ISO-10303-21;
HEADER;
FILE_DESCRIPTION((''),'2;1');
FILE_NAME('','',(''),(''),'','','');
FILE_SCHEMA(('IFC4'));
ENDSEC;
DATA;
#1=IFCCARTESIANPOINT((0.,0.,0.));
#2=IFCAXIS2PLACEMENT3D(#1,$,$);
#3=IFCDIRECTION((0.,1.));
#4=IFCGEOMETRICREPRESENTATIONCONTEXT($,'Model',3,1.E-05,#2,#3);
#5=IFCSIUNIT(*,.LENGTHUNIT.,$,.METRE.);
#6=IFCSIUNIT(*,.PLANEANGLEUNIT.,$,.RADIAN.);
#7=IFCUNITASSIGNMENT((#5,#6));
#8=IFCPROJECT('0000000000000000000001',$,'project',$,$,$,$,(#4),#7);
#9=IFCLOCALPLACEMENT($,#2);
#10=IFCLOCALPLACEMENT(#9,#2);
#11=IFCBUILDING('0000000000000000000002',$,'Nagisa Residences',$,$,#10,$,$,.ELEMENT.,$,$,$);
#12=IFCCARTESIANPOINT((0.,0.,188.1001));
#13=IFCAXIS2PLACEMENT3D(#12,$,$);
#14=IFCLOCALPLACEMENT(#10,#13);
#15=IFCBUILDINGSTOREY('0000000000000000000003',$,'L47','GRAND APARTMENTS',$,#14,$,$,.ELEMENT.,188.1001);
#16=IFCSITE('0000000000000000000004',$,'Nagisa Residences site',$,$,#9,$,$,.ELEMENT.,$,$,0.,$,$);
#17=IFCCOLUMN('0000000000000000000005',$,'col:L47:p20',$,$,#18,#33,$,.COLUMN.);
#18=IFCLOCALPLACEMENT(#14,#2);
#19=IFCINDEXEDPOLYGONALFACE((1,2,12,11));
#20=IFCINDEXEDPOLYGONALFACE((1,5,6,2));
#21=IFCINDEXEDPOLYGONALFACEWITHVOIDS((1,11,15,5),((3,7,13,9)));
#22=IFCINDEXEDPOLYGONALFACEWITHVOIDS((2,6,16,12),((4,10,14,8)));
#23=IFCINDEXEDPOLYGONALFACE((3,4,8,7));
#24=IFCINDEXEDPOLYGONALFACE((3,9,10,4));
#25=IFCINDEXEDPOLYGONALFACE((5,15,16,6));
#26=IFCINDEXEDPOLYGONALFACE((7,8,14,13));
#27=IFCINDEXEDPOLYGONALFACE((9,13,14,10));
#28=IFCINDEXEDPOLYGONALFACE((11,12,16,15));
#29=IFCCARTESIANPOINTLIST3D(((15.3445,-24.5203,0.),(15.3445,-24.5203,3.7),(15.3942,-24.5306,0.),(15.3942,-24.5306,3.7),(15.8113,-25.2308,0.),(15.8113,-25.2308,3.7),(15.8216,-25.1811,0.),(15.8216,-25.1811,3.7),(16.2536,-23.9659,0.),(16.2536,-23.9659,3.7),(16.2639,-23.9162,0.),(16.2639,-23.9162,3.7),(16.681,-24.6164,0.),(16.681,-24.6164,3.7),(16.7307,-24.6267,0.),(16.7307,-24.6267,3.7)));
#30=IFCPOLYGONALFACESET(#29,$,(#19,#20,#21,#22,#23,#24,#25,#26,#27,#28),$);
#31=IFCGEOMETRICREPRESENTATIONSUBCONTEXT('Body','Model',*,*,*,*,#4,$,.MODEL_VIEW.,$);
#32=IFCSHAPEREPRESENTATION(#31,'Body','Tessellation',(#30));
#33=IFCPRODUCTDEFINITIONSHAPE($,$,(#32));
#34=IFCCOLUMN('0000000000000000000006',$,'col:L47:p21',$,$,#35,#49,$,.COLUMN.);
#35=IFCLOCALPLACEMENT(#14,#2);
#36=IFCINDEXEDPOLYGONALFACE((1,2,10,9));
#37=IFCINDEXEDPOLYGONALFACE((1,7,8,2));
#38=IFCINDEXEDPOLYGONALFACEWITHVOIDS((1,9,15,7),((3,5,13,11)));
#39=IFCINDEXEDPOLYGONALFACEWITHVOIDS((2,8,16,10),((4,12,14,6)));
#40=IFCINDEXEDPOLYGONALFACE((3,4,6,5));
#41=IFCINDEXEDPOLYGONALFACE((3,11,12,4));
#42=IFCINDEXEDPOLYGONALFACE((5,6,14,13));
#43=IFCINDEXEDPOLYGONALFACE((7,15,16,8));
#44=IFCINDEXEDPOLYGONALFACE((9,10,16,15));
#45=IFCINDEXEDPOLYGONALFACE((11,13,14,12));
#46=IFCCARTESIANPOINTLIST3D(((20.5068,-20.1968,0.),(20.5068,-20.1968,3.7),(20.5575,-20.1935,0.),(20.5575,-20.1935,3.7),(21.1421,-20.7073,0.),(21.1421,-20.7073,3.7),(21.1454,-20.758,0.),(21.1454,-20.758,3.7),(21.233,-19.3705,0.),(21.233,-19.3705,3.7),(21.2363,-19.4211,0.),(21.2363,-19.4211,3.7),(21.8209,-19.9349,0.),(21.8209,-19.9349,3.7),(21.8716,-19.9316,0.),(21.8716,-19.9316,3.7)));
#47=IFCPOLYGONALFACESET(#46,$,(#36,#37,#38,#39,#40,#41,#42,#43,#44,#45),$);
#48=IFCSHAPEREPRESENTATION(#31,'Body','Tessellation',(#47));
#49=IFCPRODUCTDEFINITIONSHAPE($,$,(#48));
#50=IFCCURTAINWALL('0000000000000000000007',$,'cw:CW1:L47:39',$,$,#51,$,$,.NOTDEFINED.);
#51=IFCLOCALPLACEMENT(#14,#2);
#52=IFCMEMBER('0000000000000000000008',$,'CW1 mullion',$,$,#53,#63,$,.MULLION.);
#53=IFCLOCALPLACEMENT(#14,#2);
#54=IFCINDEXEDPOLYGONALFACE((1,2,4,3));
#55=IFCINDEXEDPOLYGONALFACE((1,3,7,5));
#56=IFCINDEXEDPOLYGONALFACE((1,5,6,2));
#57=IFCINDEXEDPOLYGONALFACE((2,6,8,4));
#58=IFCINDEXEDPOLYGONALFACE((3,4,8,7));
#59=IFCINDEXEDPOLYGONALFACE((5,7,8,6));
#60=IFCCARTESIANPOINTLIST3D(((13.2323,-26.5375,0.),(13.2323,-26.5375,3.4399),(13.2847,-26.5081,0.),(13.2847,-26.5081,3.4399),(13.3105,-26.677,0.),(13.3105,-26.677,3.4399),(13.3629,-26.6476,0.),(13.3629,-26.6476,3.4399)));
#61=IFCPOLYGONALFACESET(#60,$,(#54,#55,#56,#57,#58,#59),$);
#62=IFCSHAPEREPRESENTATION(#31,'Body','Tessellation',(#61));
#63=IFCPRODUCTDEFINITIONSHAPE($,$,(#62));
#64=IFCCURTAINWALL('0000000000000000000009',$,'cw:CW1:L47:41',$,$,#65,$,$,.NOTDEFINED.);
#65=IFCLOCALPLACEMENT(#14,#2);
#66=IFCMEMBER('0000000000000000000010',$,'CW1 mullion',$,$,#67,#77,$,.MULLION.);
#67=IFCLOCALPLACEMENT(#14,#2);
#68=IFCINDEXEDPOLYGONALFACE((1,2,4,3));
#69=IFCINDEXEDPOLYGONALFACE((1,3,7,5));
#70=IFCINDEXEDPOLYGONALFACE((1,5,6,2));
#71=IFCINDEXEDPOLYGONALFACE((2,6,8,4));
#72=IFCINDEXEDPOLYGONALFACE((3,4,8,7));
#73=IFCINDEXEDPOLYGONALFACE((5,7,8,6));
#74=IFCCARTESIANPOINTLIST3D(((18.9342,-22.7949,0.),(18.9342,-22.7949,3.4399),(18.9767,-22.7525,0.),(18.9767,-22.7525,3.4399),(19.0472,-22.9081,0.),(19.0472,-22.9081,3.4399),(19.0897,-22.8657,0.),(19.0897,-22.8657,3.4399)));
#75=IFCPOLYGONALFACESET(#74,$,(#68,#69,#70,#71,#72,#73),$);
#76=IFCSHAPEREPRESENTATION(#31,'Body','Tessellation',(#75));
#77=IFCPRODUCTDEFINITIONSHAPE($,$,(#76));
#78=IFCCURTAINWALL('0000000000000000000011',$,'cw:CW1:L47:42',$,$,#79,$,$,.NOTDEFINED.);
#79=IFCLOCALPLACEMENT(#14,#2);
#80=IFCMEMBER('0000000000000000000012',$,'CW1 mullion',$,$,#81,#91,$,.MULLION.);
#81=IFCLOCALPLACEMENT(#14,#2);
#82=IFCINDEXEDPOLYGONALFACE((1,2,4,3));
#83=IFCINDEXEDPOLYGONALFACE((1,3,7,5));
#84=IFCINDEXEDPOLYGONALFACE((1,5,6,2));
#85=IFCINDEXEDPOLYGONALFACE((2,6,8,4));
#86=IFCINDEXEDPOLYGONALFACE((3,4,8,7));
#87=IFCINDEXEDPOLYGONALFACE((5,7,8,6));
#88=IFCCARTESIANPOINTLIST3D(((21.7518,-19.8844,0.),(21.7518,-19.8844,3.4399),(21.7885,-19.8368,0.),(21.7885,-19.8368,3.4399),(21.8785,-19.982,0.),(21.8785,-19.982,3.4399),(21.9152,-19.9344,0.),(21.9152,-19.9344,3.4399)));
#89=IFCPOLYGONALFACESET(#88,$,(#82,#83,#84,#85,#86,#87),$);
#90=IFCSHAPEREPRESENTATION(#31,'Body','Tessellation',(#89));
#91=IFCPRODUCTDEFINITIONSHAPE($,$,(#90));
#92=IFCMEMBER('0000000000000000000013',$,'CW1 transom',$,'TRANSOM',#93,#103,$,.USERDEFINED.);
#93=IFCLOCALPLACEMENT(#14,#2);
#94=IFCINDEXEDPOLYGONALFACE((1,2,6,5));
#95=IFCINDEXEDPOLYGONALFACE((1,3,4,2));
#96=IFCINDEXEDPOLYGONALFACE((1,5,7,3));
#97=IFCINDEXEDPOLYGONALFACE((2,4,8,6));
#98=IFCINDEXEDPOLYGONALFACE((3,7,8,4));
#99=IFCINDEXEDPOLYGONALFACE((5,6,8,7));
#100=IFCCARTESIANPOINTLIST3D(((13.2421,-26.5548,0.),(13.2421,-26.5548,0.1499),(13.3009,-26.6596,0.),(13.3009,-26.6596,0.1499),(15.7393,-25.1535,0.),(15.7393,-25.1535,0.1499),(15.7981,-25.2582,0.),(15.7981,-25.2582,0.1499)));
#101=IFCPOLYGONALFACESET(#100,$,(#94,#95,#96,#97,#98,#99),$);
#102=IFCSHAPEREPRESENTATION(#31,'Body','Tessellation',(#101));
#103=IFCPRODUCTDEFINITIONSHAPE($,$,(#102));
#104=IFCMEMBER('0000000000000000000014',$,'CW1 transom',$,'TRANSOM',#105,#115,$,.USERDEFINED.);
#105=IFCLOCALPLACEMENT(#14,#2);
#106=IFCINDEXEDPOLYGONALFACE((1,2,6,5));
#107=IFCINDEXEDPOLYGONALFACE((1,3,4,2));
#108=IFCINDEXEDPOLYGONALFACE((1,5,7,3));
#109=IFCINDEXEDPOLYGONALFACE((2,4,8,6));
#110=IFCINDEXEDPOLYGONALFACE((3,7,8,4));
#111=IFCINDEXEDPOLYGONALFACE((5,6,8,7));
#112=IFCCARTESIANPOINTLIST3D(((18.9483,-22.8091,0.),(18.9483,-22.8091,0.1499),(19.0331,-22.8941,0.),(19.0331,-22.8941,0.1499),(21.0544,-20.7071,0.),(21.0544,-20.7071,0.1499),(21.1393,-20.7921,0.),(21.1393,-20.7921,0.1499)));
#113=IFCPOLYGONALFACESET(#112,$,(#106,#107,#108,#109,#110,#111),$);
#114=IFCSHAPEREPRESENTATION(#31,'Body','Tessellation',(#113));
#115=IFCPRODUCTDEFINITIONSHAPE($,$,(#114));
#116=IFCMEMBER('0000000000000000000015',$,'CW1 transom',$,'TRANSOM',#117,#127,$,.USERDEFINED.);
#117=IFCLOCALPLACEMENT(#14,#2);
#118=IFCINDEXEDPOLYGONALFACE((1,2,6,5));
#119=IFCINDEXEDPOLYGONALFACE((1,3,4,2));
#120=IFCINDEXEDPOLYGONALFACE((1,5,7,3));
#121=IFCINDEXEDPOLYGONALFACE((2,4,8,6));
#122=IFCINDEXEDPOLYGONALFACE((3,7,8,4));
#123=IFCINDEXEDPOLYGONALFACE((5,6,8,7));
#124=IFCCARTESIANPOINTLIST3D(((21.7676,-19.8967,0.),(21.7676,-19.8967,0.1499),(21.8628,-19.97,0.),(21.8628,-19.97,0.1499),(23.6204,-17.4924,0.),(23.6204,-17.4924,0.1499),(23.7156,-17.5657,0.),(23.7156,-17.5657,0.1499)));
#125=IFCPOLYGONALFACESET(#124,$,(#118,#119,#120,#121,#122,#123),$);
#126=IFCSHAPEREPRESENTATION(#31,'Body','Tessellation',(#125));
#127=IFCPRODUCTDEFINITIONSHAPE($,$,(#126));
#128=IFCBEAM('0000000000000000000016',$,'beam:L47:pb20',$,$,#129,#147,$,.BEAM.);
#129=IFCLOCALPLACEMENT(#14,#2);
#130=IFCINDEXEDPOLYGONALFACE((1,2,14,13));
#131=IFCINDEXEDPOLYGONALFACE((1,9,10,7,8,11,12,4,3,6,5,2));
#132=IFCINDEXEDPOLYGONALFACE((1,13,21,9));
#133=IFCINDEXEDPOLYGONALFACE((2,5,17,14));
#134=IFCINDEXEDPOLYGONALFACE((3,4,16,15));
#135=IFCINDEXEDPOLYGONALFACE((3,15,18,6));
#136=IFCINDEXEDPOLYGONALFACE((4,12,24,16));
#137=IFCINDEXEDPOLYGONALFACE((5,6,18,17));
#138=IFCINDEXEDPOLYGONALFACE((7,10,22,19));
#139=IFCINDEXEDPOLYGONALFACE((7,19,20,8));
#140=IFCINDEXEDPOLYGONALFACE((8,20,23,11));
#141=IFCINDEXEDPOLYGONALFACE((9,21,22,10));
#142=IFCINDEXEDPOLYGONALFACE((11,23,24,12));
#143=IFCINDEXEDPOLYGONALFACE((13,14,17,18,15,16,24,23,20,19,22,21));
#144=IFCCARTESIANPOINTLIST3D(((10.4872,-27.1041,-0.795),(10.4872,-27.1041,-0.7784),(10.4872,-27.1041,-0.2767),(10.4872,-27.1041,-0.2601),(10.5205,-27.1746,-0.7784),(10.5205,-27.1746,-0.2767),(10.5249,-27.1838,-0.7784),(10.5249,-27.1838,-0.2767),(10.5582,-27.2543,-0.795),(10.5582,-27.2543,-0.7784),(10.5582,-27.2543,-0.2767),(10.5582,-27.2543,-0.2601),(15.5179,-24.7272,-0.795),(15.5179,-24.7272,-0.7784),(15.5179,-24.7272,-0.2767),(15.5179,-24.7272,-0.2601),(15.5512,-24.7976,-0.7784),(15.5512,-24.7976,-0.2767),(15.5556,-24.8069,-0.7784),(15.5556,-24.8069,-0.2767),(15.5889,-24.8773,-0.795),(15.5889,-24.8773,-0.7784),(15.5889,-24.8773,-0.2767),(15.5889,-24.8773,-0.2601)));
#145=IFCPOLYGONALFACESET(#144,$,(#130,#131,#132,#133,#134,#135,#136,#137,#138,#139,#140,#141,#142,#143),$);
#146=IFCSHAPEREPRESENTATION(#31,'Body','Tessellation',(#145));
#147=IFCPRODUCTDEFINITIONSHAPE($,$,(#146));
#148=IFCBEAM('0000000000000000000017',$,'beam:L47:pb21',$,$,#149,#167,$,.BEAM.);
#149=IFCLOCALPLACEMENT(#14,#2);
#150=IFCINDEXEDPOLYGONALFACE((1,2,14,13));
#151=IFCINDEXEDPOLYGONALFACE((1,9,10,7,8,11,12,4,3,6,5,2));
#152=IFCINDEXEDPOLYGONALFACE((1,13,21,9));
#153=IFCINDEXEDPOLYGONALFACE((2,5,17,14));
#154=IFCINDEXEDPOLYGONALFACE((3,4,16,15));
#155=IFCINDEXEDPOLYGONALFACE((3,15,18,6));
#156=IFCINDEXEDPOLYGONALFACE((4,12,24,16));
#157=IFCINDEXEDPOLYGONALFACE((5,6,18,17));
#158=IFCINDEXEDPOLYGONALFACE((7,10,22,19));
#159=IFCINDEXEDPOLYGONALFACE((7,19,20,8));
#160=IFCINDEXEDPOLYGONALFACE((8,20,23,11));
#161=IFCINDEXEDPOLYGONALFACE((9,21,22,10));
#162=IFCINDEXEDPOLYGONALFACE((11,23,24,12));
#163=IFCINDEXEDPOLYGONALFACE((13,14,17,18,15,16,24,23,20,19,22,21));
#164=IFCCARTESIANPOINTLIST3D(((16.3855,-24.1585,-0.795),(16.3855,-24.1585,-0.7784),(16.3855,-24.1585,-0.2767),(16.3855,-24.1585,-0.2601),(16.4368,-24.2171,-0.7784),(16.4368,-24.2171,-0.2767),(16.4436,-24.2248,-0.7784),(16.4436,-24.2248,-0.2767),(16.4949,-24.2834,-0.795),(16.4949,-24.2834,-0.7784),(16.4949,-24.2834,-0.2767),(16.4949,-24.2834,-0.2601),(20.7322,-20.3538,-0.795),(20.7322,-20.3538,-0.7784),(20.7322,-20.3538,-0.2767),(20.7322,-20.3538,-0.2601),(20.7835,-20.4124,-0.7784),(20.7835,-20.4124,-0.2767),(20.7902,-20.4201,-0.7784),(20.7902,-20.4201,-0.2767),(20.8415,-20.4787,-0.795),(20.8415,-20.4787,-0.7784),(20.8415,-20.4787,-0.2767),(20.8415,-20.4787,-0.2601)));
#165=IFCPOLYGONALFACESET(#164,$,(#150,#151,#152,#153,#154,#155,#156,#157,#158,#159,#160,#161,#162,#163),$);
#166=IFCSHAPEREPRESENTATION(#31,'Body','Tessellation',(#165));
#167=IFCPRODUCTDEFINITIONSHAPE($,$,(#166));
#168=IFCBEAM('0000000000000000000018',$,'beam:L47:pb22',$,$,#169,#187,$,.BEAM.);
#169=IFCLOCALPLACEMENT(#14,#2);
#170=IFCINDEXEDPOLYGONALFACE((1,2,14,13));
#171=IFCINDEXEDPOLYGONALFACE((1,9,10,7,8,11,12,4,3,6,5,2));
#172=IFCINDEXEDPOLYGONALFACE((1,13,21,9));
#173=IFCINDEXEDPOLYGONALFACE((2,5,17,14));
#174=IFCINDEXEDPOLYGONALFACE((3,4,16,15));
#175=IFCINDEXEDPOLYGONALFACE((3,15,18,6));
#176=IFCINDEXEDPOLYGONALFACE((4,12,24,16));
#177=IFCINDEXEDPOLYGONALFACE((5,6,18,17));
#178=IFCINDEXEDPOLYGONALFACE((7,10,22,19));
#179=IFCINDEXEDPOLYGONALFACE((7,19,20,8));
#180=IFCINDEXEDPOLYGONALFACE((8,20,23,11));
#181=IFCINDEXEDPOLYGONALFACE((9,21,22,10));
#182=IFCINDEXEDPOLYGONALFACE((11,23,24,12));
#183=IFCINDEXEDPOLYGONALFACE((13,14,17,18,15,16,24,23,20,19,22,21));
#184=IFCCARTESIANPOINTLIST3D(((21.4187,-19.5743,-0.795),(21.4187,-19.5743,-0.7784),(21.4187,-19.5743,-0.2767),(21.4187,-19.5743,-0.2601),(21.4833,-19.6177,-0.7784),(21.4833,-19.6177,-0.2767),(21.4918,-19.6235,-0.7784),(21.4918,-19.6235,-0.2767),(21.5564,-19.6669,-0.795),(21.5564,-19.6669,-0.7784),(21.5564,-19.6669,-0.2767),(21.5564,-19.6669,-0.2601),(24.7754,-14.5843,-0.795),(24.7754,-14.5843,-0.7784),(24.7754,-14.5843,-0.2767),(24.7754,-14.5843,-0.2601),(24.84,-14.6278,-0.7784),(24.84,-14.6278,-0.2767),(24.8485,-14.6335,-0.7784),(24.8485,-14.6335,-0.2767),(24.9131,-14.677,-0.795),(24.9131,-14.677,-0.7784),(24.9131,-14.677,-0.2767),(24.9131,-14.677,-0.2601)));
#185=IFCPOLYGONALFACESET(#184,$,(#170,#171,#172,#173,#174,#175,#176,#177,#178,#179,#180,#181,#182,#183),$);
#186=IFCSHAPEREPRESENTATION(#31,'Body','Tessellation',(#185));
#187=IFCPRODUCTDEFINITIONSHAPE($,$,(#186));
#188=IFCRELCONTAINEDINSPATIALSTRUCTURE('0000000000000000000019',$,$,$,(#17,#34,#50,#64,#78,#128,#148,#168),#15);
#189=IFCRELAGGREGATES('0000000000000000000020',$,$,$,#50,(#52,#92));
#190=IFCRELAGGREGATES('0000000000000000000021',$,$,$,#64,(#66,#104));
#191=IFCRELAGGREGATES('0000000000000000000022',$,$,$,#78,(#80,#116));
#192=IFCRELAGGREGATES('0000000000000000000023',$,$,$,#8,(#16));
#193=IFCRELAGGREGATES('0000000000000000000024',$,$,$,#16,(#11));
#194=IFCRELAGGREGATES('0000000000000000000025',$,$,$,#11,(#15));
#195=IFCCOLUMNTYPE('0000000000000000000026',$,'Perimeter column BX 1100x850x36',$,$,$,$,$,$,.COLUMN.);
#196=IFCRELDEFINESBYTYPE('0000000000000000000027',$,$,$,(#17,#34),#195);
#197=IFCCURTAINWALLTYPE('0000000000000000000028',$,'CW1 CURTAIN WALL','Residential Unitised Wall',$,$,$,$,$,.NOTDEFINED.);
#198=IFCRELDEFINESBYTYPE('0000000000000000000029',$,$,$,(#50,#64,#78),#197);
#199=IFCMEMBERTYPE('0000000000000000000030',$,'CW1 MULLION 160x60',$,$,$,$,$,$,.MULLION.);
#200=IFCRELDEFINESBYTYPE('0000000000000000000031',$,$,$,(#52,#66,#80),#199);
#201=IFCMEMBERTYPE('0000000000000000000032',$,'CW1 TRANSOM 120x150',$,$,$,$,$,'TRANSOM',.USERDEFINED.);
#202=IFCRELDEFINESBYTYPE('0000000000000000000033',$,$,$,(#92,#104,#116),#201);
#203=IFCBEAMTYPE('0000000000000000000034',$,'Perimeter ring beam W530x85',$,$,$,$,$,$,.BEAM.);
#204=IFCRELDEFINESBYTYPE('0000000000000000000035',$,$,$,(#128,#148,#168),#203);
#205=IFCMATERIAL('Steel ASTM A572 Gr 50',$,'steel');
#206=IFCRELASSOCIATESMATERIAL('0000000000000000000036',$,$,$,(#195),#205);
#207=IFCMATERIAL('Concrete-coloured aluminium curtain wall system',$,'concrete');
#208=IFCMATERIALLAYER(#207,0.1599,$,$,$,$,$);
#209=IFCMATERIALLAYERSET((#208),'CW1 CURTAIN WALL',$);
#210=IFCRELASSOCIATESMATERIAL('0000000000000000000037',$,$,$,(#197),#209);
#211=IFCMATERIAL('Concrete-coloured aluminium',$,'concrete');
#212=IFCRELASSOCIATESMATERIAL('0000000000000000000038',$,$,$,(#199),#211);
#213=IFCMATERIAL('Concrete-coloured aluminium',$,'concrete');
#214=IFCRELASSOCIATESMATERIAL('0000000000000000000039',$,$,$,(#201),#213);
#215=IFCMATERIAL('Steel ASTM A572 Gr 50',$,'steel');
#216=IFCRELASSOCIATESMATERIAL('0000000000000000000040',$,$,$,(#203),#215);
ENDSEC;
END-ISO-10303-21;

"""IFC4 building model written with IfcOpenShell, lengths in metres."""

from ifc_helpers import new_model, si_unit, direction, frame, origin, origin_2d, place, context, subcontext, project, spatial, rectangle, hollow_rectangle, i_section, extrude, material, layer, layer_set, material_profile, profile_set, type_object, element, aggregate, save


model = new_model("IFC4")

# Units and contexts
model_context = context("Model", 3, precision=1e-05, world=origin(), true_north=direction((0.0, 1.0)))
body_context = subcontext(model_context, "Body", "Model", "MODEL_VIEW")
ifc_project = project(units=[si_unit("LENGTHUNIT", "METRE"), si_unit("PLANEANGLEUNIT", "RADIAN")], contexts=[model_context])

# Site, building, storey
site_placement = place(None, origin())
site = spatial("IfcSite", under=ifc_project, at=site_placement, Name="Nagisa Residences site", CompositionType="ELEMENT", RefElevation=0.0)
building_placement = place(site_placement, origin())
building = spatial("IfcBuilding", under=site, at=building_placement, Name="Nagisa Residences", CompositionType="ELEMENT")
storey_placement = place(building_placement, frame((0.0, 0.0, 188.1001)))
storey = spatial("IfcBuildingStorey", under=building, at=storey_placement, Name="L47", Description="GRAND APARTMENTS", CompositionType="ELEMENT", Elevation=188.1001)

# Columns
ifc_material_1 = material(Name="Steel ASTM A572 Gr 50", Category="steel")
ifc_material_profile_1 = material_profile(ifc_material_1, hollow_rectangle(XDim=1.1001, YDim=0.8501, WallThickness=0.0359, at=origin_2d()), Name="BX 1100x850x36")
ifc_profile_set_1 = profile_set([ifc_material_profile_1], Name="Steel ASTM A572 Gr 50")
column_type = type_object("IfcColumnType", Name="Perimeter column BX 1100x850x36", PredefinedType="COLUMN", material=ifc_profile_set_1)
for number, where, z_axis, x_axis, name in (
    (1, (16.0376, -24.5735, 0.0), (0.0, 0.0, 1.0), (0.835766, 0.549086, 0.0), "col:L47:p20"),
    (2, (21.1892, -20.0642, 0.0), (0.0, 0.0, 1.0), (0.660115, 0.751165, 0.0), "col:L47:p21"),
):
    element("IfcColumn", number, at=place(storey_placement, frame(where, z_axis=z_axis, x_axis=x_axis)), inside=storey, type_object=column_type, Name=name, PredefinedType="COLUMN", context=body_context, shape_type="SweptSolid", body=[
        extrude(hollow_rectangle(XDim=1.1001, YDim=0.8501, WallThickness=0.0359, at=origin_2d()), origin(), (0.0, 0.0, 1.0), 3.7),
    ])

# Curtain walls, members
ifc_material_2 = material(Name="Concrete-coloured aluminium curtain wall system", Category="concrete")
ifc_layer_1 = layer(ifc_material_2, 0.1599)
ifc_layer_set_1 = layer_set([ifc_layer_1], Name="CW1 CURTAIN WALL")
curtain_wall_type = type_object("IfcCurtainWallType", Name="CW1 CURTAIN WALL", Description="Residential Unitised Wall", PredefinedType="NOTDEFINED", material=ifc_layer_set_1)
curtain_wall_1_placement = place(storey_placement, origin())
curtain_wall_1 = element("IfcCurtainWall", 3, at=curtain_wall_1_placement, inside=storey, type_object=curtain_wall_type, Name="cw:CW1:L47:39", PredefinedType="NOTDEFINED")
ifc_material_3 = material(Name="Concrete-coloured aluminium", Category="concrete")
ifc_material_profile_2 = material_profile(ifc_material_3, rectangle(XDim=0.1599, YDim=0.0601, at=origin_2d()), Name="CW1 MULLION 160x60")
ifc_profile_set_2 = profile_set([ifc_material_profile_2], Name="Concrete-coloured aluminium")
member_type_1 = type_object("IfcMemberType", Name="CW1 MULLION 160x60", PredefinedType="MULLION", material=ifc_profile_set_2)
member_1_placement = place(storey_placement, frame((13.2976, -26.5925, 0.0), z_axis=(0.0, 0.0, 1.0), x_axis=(-0.489377, 0.872072, 0.0)))
member_1 = element("IfcMember", 4, at=member_1_placement, type_object=member_type_1, Name="CW1 mullion", PredefinedType="MULLION", context=body_context, shape_type="SweptSolid", body=[
    extrude(rectangle(XDim=0.1599, YDim=0.0601, at=origin_2d()), origin(), (0.0, 0.0, 1.0), 3.4399),
])
curtain_wall_2_placement = place(storey_placement, origin())
curtain_wall_2 = element("IfcCurtainWall", 5, at=curtain_wall_2_placement, inside=storey, type_object=curtain_wall_type, Name="cw:CW1:L47:41", PredefinedType="NOTDEFINED")
member_2_placement = place(storey_placement, frame((19.012, -22.8303, 0.0), z_axis=(0.0, 0.0, 1.0), x_axis=(-0.706377, 0.707836, 0.0)))
member_2 = element("IfcMember", 6, at=member_2_placement, type_object=member_type_1, Name="CW1 mullion", PredefinedType="MULLION", context=body_context, shape_type="SweptSolid", body=[
    extrude(rectangle(XDim=0.1599, YDim=0.0601, at=origin_2d()), origin(), (0.0, 0.0, 1.0), 3.4399),
])
curtain_wall_3_placement = place(storey_placement, origin())
curtain_wall_3 = element("IfcCurtainWall", 7, at=curtain_wall_3_placement, inside=storey, type_object=curtain_wall_type, Name="cw:CW1:L47:42", PredefinedType="NOTDEFINED")
member_3_placement = place(storey_placement, frame((21.8335, -19.9094, 0.0), z_axis=(0.0, 0.0, 1.0), x_axis=(-0.79207, 0.61043, 0.0)))
member_3 = element("IfcMember", 8, at=member_3_placement, type_object=member_type_1, Name="CW1 mullion", PredefinedType="MULLION", context=body_context, shape_type="SweptSolid", body=[
    extrude(rectangle(XDim=0.1599, YDim=0.0601, at=origin_2d()), origin(), (0.0, 0.0, 1.0), 3.4399),
])

# Members
ifc_material_4 = material(Name="Concrete-coloured aluminium", Category="concrete")
ifc_material_profile_3 = material_profile(ifc_material_4, rectangle(XDim=0.1201, YDim=0.1499, at=origin_2d()), Name="CW1 TRANSOM 120x150")
ifc_profile_set_3 = profile_set([ifc_material_profile_3], Name="Concrete-coloured aluminium")
member_type_2 = type_object("IfcMemberType", Name="CW1 TRANSOM 120x150", ElementType="TRANSOM", PredefinedType="USERDEFINED", material=ifc_profile_set_3)
member_4_placement = place(storey_placement, frame((13.2715, -26.6072, 0.075), z_axis=(0.872078, 0.489366, 0.0), x_axis=(-0.489366, 0.872078, 0.0)))
member_4 = element("IfcMember", 9, at=member_4_placement, type_object=member_type_2, Name="CW1 transom", ObjectType="TRANSOM", PredefinedType="USERDEFINED", context=body_context, shape_type="SweptSolid", body=[
    extrude(rectangle(XDim=0.1201, YDim=0.1499, at=origin_2d()), origin(), (0.0, 0.0, 1.0), 2.8635),
])
member_5_placement = place(storey_placement, frame((18.9907, -22.8516, 0.075), z_axis=(0.707804, 0.706409, 0.0), x_axis=(-0.706409, 0.707804, 0.0)))
member_5 = element("IfcMember", 10, at=member_5_placement, type_object=member_type_2, Name="CW1 transom", ObjectType="TRANSOM", PredefinedType="USERDEFINED", context=body_context, shape_type="SweptSolid", body=[
    extrude(rectangle(XDim=0.1201, YDim=0.1499, at=origin_2d()), origin(), (0.0, 0.0, 1.0), 2.9756),
])
member_6_placement = place(storey_placement, frame((21.8152, -19.9333, 0.075), z_axis=(0.610399, 0.792094, 0.0), x_axis=(-0.792094, 0.610399, 0.0)))
member_6 = element("IfcMember", 11, at=member_6_placement, type_object=member_type_2, Name="CW1 transom", ObjectType="TRANSOM", PredefinedType="USERDEFINED", context=body_context, shape_type="SweptSolid", body=[
    extrude(rectangle(XDim=0.1201, YDim=0.1499, at=origin_2d()), origin(), (0.0, 0.0, 1.0), 3.0354),
])

# Beams
ifc_material_5 = material(Name="Steel ASTM A572 Gr 50", Category="steel")
ifc_material_profile_4 = material_profile(ifc_material_5, i_section(OverallWidth=0.166, OverallDepth=0.5349, WebThickness=0.0103, FlangeThickness=0.0166, at=origin_2d()), Name="W530x85")
ifc_profile_set_4 = profile_set([ifc_material_profile_4], Name="Steel ASTM A572 Gr 50")
beam_type_1 = type_object("IfcBeamType", Name="Perimeter ring beam W530x85", PredefinedType="BEAM", material=ifc_profile_set_4)
beam_1_placement = place(storey_placement, frame((10.5227, -27.1792, -0.5276), z_axis=(0.904157, 0.4272, 0.0), x_axis=(-0.4272, 0.904157, 0.0)))
element("IfcBeam", 12, at=beam_1_placement, inside=storey, type_object=beam_type_1, Name="beam:L47:pb20", PredefinedType="BEAM", context=body_context, shape_type="SweptSolid", body=[
    extrude(i_section(OverallWidth=0.166, OverallDepth=0.5349, WebThickness=0.0103, FlangeThickness=0.0166, at=origin_2d()), origin(), (0.0, 0.0, 1.0), 5.564),
])
beam_2_placement = place(storey_placement, frame((16.4402, -24.2209, -0.5276), z_axis=(0.752461, 0.658636, 0.0), x_axis=(-0.658636, 0.752461, 0.0)))
element("IfcBeam", 13, at=beam_2_placement, inside=storey, type_object=beam_type_1, Name="beam:L47:pb21", PredefinedType="BEAM", context=body_context, shape_type="SweptSolid", body=[
    extrude(i_section(OverallWidth=0.166, OverallDepth=0.5349, WebThickness=0.0103, FlangeThickness=0.0166, at=origin_2d()), origin(), (0.0, 0.0, 1.0), 5.7766),
])
beam_3_placement = place(storey_placement, frame((21.4875, -19.6206, -0.5276), z_axis=(0.558152, 0.829739, 0.0), x_axis=(-0.829739, 0.558152, 0.0)))
element("IfcBeam", 14, at=beam_3_placement, inside=storey, type_object=beam_type_1, Name="beam:L47:pb22", PredefinedType="BEAM", context=body_context, shape_type="SweptSolid", body=[
    extrude(i_section(OverallWidth=0.166, OverallDepth=0.5349, WebThickness=0.0103, FlangeThickness=0.0166, at=origin_2d()), origin(), (0.0, 0.0, 1.0), 6.0139),
])

aggregate(curtain_wall_1, [member_1, member_4])
aggregate(curtain_wall_2, [member_2, member_5])
aggregate(curtain_wall_3, [member_3, member_6])

save(model, "model.ifc")
